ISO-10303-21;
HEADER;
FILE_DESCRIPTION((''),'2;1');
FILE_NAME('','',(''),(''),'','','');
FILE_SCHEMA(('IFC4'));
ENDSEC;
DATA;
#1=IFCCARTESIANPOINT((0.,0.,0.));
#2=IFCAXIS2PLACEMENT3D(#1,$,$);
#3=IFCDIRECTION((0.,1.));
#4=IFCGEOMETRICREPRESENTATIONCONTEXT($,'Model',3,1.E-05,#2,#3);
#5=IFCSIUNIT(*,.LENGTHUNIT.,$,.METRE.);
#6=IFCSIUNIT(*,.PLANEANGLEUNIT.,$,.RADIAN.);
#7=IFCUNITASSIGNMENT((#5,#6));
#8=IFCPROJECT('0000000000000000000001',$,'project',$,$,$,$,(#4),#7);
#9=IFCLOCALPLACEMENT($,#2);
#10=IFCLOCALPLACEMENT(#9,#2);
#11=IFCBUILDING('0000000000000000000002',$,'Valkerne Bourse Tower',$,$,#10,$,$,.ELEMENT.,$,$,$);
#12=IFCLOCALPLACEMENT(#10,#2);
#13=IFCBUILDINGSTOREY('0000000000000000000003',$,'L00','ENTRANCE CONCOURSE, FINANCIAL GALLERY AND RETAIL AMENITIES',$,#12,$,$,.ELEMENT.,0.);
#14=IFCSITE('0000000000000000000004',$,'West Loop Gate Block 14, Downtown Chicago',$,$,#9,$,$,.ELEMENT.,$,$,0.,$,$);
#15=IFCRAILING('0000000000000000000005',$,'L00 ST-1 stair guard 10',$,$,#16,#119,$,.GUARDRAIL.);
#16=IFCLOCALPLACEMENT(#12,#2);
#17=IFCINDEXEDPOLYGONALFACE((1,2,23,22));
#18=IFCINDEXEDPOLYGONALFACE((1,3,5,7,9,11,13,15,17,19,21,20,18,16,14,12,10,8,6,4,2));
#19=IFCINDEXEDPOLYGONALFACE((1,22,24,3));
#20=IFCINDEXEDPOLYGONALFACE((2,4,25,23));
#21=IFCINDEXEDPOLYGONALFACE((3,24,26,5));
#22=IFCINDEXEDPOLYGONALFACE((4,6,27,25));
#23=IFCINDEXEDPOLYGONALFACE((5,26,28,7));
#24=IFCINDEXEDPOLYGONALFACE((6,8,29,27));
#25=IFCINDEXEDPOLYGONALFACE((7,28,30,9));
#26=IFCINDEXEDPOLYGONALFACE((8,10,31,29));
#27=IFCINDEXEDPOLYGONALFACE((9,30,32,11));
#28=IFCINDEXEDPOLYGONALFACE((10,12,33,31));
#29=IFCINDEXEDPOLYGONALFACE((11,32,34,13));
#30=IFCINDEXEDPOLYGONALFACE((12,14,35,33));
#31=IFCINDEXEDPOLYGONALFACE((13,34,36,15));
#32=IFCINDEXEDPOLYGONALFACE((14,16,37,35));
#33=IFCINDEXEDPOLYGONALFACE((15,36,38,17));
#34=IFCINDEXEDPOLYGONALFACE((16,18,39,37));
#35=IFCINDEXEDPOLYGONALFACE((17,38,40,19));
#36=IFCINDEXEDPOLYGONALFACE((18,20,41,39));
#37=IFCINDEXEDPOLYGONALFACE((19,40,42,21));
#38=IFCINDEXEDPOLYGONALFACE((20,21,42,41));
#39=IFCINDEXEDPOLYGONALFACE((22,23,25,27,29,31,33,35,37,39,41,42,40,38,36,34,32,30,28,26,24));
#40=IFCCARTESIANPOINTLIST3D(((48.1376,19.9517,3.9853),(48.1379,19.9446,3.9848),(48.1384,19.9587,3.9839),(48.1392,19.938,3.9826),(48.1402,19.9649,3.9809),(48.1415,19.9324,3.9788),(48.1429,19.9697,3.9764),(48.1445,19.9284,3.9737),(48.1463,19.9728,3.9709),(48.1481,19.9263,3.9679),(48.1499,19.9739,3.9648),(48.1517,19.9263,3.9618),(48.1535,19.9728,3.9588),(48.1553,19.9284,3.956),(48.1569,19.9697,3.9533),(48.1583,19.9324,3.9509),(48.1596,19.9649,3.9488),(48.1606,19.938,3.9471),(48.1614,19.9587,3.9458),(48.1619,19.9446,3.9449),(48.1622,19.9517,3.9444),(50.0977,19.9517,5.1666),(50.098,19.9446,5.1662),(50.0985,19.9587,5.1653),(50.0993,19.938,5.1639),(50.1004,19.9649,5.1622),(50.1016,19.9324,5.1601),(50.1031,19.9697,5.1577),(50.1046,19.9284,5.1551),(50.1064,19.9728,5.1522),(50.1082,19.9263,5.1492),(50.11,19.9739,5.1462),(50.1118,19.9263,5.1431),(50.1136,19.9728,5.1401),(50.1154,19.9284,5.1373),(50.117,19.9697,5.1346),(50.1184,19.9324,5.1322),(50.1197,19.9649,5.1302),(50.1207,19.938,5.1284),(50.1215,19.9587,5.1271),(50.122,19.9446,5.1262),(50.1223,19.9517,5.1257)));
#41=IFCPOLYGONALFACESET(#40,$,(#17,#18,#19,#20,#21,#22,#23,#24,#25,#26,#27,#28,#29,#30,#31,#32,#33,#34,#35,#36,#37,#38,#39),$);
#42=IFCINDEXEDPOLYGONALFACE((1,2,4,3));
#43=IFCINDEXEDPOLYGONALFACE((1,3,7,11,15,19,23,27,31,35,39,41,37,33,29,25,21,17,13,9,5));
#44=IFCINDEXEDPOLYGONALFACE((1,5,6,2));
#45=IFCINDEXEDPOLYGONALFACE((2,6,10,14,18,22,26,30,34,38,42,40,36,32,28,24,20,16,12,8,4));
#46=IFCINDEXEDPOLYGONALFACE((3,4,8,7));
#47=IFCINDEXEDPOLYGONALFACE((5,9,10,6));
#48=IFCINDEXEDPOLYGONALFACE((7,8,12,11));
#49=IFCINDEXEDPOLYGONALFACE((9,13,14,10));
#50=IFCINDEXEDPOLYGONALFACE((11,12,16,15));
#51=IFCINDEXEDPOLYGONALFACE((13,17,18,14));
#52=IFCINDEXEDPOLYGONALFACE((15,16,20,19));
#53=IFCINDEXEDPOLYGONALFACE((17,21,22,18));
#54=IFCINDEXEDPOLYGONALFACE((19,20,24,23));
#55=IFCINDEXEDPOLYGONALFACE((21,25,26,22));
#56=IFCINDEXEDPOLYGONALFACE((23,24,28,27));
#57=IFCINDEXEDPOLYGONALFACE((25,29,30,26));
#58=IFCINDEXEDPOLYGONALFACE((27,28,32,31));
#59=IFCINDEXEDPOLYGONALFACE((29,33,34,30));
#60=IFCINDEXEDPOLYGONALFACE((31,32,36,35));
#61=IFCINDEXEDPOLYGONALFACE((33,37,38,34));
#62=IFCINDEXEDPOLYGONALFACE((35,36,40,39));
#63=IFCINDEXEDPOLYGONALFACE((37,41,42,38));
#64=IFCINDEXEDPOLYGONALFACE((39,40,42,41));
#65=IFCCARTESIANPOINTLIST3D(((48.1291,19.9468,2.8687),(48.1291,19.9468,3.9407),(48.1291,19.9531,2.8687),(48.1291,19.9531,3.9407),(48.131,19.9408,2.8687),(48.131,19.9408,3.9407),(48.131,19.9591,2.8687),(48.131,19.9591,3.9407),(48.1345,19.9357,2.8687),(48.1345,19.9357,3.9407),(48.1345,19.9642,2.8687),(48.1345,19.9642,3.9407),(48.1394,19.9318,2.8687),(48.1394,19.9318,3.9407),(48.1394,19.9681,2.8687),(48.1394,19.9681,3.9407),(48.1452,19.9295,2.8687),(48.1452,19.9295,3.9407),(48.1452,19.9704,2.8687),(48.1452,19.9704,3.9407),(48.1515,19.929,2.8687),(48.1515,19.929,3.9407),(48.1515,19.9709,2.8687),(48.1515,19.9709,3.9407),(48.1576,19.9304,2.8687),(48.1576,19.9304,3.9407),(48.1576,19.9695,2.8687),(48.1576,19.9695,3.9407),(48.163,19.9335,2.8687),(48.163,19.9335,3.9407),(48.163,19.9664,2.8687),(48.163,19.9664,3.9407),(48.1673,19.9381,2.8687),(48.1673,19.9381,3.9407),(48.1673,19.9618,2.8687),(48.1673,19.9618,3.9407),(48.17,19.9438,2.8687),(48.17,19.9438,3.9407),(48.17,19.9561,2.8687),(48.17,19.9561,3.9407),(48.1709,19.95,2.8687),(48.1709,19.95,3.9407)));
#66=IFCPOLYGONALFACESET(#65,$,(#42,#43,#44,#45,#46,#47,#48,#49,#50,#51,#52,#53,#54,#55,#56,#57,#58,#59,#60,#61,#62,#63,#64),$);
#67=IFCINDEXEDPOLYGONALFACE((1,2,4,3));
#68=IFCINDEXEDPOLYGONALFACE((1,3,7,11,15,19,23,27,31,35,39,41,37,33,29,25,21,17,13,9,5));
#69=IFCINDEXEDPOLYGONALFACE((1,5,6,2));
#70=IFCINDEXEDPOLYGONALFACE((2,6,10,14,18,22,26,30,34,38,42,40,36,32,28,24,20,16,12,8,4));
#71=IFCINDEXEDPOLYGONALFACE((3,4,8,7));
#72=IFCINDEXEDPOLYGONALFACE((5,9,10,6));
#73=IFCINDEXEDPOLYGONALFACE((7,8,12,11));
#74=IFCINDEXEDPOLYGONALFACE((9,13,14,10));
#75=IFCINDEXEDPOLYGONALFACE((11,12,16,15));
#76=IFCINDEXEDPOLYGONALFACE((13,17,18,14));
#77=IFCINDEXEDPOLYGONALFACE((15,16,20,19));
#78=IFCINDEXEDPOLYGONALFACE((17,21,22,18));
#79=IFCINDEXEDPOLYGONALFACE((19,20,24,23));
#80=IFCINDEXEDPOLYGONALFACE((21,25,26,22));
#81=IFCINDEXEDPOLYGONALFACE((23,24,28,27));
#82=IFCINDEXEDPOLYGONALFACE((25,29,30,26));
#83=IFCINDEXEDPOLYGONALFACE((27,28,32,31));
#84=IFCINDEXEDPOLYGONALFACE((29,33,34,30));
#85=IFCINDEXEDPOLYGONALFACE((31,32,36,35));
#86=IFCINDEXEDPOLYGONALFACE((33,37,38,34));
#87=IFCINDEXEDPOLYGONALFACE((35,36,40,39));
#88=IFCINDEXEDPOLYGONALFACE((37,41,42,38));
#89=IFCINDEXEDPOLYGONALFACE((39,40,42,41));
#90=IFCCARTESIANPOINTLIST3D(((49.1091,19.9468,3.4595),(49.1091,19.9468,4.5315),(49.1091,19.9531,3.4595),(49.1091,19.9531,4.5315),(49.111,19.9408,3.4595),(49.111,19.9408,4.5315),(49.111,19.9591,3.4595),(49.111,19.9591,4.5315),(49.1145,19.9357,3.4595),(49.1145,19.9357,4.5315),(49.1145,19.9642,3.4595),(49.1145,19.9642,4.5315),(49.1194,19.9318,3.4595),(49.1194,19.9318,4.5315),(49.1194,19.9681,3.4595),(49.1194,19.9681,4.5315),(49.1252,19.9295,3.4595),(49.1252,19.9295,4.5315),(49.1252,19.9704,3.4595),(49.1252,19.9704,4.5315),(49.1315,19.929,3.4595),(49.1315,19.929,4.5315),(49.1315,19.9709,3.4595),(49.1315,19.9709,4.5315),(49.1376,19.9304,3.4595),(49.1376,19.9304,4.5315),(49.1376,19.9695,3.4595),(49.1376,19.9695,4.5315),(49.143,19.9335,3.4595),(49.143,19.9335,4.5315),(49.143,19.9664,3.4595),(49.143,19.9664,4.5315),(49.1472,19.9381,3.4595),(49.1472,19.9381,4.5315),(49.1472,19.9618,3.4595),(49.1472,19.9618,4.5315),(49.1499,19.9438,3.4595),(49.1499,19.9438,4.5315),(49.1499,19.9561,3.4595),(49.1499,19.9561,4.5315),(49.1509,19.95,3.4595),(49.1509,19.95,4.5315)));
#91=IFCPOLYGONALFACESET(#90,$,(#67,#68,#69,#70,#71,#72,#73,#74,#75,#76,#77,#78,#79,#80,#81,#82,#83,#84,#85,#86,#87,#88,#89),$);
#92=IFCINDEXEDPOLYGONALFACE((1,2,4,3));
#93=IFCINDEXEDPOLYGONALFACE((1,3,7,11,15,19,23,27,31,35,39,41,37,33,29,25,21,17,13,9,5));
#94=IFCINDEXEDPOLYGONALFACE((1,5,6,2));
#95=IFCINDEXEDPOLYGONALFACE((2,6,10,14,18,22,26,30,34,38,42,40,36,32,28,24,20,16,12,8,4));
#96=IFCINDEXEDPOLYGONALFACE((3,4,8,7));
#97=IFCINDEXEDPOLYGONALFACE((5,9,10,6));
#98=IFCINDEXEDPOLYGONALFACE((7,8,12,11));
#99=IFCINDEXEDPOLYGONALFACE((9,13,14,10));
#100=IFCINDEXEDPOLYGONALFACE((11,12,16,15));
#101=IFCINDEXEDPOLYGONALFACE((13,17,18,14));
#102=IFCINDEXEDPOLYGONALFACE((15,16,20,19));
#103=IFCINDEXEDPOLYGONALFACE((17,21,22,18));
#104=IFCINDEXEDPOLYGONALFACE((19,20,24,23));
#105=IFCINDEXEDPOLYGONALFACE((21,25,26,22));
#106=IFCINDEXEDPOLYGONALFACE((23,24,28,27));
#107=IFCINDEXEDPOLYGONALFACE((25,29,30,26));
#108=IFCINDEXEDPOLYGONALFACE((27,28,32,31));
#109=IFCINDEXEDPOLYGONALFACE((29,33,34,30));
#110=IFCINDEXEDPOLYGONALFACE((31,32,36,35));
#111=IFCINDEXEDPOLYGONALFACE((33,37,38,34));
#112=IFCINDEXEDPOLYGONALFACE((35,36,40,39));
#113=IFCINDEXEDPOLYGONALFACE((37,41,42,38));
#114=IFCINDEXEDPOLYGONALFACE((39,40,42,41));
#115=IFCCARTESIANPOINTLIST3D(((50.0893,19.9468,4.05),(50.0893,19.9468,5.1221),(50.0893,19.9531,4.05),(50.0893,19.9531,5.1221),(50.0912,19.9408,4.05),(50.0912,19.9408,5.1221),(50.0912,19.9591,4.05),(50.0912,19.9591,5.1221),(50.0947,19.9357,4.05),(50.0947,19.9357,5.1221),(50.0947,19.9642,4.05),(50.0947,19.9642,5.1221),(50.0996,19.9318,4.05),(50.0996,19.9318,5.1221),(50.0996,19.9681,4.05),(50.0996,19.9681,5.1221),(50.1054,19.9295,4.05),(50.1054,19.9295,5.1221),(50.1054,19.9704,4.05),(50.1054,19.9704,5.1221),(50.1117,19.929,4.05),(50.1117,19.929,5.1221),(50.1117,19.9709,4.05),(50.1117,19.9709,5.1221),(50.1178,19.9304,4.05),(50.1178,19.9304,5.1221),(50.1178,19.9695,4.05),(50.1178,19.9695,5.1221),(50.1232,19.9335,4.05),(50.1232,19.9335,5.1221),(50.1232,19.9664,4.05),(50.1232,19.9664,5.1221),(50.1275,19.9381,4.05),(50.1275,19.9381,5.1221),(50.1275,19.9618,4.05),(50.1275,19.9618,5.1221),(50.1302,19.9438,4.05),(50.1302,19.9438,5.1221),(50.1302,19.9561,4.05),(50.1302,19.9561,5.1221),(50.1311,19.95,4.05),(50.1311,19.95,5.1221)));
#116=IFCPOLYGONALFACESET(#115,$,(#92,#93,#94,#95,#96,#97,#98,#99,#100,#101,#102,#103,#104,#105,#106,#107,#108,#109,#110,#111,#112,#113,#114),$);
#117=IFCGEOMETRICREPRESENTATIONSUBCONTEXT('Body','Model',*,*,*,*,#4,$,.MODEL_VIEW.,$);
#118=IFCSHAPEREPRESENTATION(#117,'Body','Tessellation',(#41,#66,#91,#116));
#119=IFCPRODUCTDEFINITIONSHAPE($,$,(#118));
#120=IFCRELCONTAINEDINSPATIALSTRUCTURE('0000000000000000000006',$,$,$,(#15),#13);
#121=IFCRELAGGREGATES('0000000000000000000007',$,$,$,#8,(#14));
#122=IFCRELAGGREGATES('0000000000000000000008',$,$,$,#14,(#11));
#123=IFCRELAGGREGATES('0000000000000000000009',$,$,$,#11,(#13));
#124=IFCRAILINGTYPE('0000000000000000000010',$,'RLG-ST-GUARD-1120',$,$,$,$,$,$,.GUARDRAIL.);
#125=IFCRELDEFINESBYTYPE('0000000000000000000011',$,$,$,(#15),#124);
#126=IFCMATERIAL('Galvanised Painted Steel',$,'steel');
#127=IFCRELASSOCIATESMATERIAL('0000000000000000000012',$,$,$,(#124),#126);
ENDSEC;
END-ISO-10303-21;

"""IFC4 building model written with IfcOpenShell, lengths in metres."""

from ifc_helpers import new_model, si_unit, direction, frame, origin, origin_2d, place, context, subcontext, project, spatial, circle, extrude, material, type_object, element, save


model = new_model("IFC4")

# Units and contexts
model_context = context("Model", 3, precision=1e-05, world=origin(), true_north=direction((0.0, 1.0)))
body_context = subcontext(model_context, "Body", "Model", "MODEL_VIEW")
ifc_project = project(units=[si_unit("LENGTHUNIT", "METRE"), si_unit("PLANEANGLEUNIT", "RADIAN")], contexts=[model_context])

# Site, building, storey
site_placement = place(None, origin())
site = spatial("IfcSite", under=ifc_project, at=site_placement, Name="West Loop Gate Block 14, Downtown Chicago", CompositionType="ELEMENT", RefElevation=0.0)
building_placement = place(site_placement, origin())
building = spatial("IfcBuilding", under=site, at=building_placement, Name="Valkerne Bourse Tower", CompositionType="ELEMENT")
storey_placement = place(building_placement, origin())
storey = spatial("IfcBuildingStorey", under=building, at=storey_placement, Name="L00", Description="ENTRANCE CONCOURSE, FINANCIAL GALLERY AND RETAIL AMENITIES", CompositionType="ELEMENT", Elevation=0.0)

# Railing
ifc_material_1 = material(Name="Galvanised Painted Steel", Category="steel")
railing_type_1 = type_object("IfcRailingType", Name="RLG-ST-GUARD-1120", PredefinedType="GUARDRAIL", material=ifc_material_1)
railing_1_placement = place(storey_placement, frame((48.1499, 19.95, 2.8687)))
element("IfcRailing", 1, at=railing_1_placement, inside=storey, type_object=railing_type_1, Name="L00 ST-1 stair guard 10", PredefinedType="GUARDRAIL", context=body_context, shape_type="SweptSolid", body=[
    extrude(circle(Radius=0.0239, at=origin_2d()), frame((0.0, 0.0, 1.0962), z_axis=(0.856475, 0.0, 0.516189), x_axis=(0.0, 1.0, 0.0)), (0.0, 0.0, 1.0), 2.2886),
    extrude(circle(Radius=0.021, at=origin_2d()), origin(), (0.0, 0.0, 1.0), 1.072),
    extrude(circle(Radius=0.021, at=origin_2d()), frame((0.98, 0.0, 0.5908)), (0.0, 0.0, 1.0), 1.072),
    extrude(circle(Radius=0.021, at=origin_2d()), frame((1.9602, 0.0, 1.1814)), (0.0, 0.0, 1.0), 1.072),
])

save(model, "model.ifc")
